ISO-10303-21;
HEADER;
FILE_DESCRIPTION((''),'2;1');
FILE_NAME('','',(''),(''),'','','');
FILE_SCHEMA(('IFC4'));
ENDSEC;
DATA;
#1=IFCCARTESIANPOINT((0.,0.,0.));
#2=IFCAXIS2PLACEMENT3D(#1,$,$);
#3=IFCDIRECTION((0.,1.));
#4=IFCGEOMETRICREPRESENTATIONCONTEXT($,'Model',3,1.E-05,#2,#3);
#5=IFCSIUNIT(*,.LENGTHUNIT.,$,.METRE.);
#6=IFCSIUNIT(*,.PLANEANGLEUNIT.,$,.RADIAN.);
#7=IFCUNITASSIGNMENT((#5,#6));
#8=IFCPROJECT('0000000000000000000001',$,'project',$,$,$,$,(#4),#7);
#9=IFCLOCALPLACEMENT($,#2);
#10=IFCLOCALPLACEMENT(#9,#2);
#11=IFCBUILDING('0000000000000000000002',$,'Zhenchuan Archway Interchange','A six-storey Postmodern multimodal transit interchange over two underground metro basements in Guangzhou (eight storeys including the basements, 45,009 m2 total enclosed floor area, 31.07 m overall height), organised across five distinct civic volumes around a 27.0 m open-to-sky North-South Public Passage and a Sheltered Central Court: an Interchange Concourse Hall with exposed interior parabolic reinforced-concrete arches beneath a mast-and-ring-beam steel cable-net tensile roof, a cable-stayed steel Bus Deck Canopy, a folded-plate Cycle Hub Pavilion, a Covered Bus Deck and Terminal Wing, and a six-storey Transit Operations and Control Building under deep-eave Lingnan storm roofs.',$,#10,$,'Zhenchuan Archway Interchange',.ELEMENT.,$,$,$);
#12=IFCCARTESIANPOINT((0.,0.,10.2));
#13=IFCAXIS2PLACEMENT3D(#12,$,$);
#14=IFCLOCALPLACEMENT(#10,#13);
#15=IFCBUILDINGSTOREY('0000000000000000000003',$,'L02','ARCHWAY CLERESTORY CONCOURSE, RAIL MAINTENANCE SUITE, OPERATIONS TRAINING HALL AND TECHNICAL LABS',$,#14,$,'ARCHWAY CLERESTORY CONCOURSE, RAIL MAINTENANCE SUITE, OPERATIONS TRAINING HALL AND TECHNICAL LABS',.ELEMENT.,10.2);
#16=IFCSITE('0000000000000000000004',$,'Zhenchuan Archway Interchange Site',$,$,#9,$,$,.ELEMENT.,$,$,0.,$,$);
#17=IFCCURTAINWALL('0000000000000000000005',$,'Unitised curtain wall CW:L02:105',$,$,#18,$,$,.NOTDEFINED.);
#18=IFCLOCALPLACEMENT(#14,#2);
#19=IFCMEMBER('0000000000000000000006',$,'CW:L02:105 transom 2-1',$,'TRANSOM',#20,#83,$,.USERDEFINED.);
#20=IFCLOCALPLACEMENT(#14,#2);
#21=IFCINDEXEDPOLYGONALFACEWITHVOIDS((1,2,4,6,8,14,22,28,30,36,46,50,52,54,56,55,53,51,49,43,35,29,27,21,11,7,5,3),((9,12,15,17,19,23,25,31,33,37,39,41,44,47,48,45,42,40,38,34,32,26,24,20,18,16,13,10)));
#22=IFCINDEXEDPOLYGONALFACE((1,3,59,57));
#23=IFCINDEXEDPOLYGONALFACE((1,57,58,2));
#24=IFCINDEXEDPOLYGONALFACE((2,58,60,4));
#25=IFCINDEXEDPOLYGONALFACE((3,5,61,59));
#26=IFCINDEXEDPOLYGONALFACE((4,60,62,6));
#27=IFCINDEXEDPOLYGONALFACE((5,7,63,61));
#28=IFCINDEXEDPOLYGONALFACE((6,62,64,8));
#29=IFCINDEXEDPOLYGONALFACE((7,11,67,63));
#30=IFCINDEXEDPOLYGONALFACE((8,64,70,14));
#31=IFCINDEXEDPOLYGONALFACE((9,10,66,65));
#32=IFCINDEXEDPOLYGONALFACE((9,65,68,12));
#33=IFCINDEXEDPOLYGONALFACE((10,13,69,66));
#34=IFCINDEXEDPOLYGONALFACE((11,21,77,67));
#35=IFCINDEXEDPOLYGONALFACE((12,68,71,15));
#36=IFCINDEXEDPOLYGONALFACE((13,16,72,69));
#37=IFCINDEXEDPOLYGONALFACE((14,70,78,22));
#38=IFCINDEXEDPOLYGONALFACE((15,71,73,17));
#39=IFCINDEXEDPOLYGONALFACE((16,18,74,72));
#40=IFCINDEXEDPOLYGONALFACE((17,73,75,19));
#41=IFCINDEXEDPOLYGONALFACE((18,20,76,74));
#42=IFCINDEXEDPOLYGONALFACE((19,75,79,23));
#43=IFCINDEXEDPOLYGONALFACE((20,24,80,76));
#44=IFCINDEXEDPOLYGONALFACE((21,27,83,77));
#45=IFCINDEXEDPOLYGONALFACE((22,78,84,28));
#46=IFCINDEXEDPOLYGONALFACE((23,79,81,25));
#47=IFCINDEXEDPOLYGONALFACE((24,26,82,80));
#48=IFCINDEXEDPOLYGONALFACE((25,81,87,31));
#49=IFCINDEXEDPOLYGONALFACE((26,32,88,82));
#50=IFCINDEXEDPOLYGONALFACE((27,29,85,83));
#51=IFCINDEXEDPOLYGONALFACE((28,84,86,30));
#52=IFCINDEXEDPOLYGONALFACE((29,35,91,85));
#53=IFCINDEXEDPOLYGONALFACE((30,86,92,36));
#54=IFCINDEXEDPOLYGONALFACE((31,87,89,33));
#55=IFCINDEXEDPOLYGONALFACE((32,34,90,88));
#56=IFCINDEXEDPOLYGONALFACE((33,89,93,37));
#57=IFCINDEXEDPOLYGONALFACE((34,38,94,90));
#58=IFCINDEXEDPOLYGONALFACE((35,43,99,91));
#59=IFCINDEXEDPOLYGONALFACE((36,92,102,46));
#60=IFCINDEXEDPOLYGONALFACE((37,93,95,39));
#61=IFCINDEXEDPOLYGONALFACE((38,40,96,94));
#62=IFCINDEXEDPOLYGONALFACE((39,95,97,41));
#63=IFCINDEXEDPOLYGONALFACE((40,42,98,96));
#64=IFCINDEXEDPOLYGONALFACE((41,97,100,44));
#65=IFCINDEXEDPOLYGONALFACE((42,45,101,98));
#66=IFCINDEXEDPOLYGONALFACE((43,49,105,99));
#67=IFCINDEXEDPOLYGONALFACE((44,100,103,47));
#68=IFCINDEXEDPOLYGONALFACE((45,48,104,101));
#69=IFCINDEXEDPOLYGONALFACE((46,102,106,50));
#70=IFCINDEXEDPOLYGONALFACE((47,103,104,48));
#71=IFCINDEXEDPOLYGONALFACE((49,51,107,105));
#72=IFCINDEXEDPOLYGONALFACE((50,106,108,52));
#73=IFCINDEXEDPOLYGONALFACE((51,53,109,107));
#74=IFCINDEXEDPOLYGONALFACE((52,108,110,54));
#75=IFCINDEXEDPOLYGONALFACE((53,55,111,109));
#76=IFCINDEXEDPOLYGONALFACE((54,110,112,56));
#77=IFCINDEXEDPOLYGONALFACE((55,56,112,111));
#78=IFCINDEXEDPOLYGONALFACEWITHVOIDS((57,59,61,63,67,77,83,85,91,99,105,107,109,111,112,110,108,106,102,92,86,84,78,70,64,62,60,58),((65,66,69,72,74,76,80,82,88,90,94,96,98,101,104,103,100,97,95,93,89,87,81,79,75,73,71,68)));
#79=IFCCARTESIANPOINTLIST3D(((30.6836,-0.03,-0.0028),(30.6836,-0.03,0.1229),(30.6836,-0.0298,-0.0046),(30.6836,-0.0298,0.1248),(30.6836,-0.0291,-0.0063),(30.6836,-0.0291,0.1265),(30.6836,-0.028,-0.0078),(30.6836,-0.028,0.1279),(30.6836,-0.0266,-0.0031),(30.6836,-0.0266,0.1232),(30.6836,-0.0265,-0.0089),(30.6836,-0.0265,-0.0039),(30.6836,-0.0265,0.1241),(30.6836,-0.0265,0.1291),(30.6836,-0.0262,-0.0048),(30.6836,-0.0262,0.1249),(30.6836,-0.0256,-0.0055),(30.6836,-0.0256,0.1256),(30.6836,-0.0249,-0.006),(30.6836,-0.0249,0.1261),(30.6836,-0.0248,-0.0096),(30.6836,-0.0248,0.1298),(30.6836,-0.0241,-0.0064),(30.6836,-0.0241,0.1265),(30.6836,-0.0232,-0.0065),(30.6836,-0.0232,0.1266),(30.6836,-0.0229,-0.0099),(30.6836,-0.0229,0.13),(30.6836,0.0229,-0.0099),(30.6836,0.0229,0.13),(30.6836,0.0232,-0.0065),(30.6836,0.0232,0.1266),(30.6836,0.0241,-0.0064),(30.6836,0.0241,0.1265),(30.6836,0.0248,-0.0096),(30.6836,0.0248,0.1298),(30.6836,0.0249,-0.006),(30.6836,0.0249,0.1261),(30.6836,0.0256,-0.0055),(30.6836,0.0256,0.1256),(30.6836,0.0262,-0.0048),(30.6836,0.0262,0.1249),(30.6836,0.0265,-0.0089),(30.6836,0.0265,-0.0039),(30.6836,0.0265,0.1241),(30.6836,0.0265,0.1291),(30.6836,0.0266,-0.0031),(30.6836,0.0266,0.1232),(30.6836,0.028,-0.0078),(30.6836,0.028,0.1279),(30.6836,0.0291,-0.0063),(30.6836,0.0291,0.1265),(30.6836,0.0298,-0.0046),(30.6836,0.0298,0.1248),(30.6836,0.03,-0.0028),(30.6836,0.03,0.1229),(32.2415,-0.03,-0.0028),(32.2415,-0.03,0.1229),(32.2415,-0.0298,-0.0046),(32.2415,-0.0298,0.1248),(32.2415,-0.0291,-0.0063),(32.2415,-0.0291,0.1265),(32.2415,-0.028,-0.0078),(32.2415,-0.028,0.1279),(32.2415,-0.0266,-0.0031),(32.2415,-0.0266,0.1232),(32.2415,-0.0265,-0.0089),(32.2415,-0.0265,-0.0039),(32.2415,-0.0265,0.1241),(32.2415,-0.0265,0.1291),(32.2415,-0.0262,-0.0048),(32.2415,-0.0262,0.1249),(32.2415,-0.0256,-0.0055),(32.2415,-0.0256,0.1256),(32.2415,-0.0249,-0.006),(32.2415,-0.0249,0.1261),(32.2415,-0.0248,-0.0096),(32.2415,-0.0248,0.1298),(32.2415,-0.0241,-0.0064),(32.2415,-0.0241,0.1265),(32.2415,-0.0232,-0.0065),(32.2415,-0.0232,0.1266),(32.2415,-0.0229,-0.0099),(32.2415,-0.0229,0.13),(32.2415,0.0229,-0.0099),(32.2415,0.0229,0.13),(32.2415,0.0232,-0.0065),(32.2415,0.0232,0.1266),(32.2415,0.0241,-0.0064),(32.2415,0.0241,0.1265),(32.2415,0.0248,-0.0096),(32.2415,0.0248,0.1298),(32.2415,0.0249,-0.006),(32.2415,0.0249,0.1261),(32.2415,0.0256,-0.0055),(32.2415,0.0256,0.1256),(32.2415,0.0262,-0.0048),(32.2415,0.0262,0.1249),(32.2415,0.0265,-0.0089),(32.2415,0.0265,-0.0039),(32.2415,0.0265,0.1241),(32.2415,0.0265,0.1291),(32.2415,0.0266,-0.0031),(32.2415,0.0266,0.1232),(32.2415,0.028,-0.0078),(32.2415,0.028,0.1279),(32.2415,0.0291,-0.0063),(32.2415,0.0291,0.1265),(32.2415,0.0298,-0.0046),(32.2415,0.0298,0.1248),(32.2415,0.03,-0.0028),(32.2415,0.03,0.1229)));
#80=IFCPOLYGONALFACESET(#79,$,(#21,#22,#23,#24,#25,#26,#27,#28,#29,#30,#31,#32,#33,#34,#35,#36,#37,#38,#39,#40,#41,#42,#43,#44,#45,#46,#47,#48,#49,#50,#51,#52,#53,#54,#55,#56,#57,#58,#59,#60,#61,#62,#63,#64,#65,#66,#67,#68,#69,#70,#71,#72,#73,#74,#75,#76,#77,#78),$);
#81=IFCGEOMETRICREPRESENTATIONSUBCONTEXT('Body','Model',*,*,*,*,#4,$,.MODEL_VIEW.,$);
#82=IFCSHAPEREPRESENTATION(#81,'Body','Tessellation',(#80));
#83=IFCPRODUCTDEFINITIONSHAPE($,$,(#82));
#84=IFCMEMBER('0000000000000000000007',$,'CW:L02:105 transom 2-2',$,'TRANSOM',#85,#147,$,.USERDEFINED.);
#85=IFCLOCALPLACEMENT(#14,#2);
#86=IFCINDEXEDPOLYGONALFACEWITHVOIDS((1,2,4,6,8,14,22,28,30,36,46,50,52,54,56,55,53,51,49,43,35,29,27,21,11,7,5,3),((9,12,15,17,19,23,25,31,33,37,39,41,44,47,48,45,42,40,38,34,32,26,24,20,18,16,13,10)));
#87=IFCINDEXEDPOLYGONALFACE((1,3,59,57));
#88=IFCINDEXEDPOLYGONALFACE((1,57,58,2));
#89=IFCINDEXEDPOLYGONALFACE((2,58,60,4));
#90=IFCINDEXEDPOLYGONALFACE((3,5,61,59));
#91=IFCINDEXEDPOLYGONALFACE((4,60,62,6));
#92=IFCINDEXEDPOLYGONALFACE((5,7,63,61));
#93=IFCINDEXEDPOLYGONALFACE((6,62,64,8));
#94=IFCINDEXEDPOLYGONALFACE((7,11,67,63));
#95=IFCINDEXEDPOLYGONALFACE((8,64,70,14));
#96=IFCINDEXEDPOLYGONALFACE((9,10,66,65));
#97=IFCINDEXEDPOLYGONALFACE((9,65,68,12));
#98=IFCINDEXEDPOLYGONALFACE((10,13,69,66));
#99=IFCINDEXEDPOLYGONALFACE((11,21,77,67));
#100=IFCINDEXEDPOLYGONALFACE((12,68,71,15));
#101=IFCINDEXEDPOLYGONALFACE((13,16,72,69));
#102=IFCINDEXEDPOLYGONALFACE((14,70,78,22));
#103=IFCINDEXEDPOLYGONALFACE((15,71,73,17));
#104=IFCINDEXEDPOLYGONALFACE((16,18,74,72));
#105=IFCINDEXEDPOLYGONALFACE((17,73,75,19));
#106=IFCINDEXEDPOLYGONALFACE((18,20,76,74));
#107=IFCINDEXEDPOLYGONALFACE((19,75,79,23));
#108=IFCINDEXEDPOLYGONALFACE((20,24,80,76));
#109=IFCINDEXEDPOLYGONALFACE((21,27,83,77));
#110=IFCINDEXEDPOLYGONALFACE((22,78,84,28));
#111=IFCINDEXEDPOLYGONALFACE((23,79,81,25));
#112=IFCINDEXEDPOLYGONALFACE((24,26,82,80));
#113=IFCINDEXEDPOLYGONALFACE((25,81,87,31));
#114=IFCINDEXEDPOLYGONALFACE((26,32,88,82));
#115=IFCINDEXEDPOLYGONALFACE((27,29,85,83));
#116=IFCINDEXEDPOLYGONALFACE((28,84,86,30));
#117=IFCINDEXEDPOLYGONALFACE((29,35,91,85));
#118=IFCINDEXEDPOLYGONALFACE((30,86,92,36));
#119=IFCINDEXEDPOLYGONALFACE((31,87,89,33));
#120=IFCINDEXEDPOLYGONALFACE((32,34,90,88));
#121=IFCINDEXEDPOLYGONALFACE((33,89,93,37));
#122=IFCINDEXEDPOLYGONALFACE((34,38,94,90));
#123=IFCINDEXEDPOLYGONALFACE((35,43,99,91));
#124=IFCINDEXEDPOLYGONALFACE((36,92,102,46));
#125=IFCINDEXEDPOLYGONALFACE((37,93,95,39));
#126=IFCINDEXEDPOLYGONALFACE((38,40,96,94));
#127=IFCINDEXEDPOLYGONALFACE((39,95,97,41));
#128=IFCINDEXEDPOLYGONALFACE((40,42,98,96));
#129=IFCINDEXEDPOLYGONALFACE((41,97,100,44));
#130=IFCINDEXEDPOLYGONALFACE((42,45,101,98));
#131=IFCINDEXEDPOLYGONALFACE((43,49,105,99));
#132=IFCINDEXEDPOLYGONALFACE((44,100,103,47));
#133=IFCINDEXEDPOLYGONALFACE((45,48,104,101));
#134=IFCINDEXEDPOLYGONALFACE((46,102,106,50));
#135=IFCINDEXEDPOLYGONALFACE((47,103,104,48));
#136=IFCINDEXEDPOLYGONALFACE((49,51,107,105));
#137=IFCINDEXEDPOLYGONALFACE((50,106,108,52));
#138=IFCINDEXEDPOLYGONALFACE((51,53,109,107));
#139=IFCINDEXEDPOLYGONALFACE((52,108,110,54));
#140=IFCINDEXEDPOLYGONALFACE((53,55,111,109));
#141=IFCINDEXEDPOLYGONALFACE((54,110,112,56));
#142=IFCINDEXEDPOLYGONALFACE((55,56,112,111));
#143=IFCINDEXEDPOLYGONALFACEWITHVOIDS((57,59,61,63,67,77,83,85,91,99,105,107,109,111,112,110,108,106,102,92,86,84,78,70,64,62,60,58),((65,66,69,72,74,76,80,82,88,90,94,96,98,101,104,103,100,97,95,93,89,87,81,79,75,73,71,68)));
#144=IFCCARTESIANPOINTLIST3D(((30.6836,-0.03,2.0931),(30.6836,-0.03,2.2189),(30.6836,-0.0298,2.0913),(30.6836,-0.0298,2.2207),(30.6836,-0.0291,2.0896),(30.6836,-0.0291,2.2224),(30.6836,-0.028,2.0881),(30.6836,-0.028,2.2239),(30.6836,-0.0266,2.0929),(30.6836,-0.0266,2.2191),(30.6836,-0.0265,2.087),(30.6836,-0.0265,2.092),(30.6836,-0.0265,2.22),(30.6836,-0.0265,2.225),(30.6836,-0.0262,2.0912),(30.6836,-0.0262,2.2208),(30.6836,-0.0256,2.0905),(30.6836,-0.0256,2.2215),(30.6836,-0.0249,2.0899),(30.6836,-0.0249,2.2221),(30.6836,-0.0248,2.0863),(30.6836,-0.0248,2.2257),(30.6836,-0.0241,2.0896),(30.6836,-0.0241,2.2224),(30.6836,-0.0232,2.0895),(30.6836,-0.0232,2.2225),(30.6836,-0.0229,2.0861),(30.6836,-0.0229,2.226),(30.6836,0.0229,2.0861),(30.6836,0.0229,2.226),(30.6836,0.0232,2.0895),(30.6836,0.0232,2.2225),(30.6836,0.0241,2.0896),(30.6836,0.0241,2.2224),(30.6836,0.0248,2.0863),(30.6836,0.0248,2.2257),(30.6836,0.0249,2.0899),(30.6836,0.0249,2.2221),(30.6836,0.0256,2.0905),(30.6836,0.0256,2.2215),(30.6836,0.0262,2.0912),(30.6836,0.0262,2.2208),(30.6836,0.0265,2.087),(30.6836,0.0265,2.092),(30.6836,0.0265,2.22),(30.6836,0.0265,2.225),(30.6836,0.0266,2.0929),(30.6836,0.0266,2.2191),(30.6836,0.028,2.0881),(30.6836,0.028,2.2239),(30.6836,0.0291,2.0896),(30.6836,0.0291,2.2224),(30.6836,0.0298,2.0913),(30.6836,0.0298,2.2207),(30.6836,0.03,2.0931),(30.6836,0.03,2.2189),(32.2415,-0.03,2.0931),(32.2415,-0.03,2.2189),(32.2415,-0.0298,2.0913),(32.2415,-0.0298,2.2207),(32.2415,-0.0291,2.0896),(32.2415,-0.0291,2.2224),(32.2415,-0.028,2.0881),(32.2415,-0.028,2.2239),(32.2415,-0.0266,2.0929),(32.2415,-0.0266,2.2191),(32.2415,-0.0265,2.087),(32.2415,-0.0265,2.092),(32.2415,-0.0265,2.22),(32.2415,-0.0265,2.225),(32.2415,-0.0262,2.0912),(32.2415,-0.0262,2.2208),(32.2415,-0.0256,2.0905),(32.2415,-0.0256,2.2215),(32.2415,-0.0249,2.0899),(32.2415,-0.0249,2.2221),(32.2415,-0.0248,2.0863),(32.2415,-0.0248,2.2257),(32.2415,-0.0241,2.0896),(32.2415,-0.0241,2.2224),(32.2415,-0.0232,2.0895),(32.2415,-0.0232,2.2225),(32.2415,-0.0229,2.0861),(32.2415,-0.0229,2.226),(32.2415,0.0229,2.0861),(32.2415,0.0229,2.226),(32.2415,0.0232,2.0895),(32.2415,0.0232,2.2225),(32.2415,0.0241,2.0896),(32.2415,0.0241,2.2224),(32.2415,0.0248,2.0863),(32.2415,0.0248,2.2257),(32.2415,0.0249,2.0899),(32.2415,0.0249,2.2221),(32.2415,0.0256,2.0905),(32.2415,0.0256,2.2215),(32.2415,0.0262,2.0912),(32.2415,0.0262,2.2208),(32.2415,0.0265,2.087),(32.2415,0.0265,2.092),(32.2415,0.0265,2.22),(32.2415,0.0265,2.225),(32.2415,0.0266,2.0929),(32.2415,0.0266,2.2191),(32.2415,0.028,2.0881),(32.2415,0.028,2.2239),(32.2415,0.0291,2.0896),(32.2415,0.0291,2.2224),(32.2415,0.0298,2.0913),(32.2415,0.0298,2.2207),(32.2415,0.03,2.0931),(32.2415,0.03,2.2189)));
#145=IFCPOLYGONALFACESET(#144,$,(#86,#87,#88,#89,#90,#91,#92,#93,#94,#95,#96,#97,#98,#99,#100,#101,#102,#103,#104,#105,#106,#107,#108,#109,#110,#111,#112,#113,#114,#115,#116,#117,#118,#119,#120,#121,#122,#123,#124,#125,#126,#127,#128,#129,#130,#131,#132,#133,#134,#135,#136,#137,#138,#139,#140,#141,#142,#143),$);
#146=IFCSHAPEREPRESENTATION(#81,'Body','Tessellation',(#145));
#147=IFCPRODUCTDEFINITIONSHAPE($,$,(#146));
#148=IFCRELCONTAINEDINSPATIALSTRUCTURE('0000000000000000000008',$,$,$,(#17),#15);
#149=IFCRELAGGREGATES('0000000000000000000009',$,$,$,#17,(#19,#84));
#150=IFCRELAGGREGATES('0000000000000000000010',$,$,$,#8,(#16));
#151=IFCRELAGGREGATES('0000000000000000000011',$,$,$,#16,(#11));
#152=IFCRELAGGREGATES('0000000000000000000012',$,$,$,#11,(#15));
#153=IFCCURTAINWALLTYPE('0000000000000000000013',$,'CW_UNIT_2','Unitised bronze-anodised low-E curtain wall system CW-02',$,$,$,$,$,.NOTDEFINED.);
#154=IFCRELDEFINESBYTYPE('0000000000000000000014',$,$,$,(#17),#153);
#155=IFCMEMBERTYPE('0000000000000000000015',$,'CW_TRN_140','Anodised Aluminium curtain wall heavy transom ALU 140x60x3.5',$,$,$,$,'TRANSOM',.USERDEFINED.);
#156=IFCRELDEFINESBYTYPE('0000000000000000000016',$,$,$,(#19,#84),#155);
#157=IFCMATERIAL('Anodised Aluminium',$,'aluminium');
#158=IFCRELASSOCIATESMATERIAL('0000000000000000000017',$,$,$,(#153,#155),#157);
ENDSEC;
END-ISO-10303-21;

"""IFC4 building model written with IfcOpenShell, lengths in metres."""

from ifc_helpers import new_model, si_unit, direction, frame, origin, origin_2d, place, context, subcontext, project, spatial, hollow_rectangle, extrude, material, material_profile, profile_set, type_object, element, aggregate, save


model = new_model("IFC4")

# Units and contexts
model_context = context("Model", 3, precision=1e-05, world=origin(), true_north=direction((0.0, 1.0)))
body_context = subcontext(model_context, "Body", "Model", "MODEL_VIEW")
ifc_project = project(units=[si_unit("LENGTHUNIT", "METRE"), si_unit("PLANEANGLEUNIT", "RADIAN")], contexts=[model_context])

# Site, building, storey
site_placement = place(None, origin())
site = spatial("IfcSite", under=ifc_project, at=site_placement, Name="Zhenchuan Archway Interchange Site", CompositionType="ELEMENT", RefElevation=0.0)
building_placement = place(site_placement, origin())
building = spatial("IfcBuilding", under=site, at=building_placement, Name="Zhenchuan Archway Interchange", Description="A six-storey Postmodern multimodal transit interchange over two underground metro basements in Guangzhou (eight storeys including the basements, 45,009 m2 total enclosed floor area, 31.07 m overall height), organised across five distinct civic volumes around a 27.0 m open-to-sky North-South Public Passage and a Sheltered Central Court: an Interchange Concourse Hall with exposed interior parabolic reinforced-concrete arches beneath a mast-and-ring-beam steel cable-net tensile roof, a cable-stayed steel Bus Deck Canopy, a folded-plate Cycle Hub Pavilion, a Covered Bus Deck and Terminal Wing, and a six-storey Transit Operations and Control Building under deep-eave Lingnan storm roofs.", LongName="Zhenchuan Archway Interchange", CompositionType="ELEMENT")
storey_placement = place(building_placement, frame((0.0, 0.0, 10.2)))
storey = spatial("IfcBuildingStorey", under=building, at=storey_placement, Name="L02", Description="ARCHWAY CLERESTORY CONCOURSE, RAIL MAINTENANCE SUITE, OPERATIONS TRAINING HALL AND TECHNICAL LABS", LongName="ARCHWAY CLERESTORY CONCOURSE, RAIL MAINTENANCE SUITE, OPERATIONS TRAINING HALL AND TECHNICAL LABS", CompositionType="ELEMENT", Elevation=10.2)

# Curtain wall
ifc_material_1 = material(Name="Anodised Aluminium", Category="aluminium")
curtain_wall_type_1 = type_object("IfcCurtainWallType", Name="CW_UNIT_2", Description="Unitised bronze-anodised low-E curtain wall system CW-02", PredefinedType="NOTDEFINED", material=ifc_material_1)
curtain_wall_1_placement = place(storey_placement, origin())
curtain_wall_1 = element("IfcCurtainWall", 1, at=curtain_wall_1_placement, inside=storey, type_object=curtain_wall_type_1, Name="Unitised curtain wall CW:L02:105", PredefinedType="NOTDEFINED")

# Members
ifc_material_profile_1 = material_profile(ifc_material_1, hollow_rectangle(XDim=0.0601, YDim=0.1399, WallThickness=0.0034, InnerFilletRadius=0.0034, OuterFilletRadius=0.0071, at=origin_2d()), Name="ALU 140x60x3.5")
ifc_profile_set_1 = profile_set([ifc_material_profile_1], Name="Anodised Aluminium")
member_type_1 = type_object("IfcMemberType", Name="CW_TRN_140", Description="Anodised Aluminium curtain wall heavy transom ALU 140x60x3.5", ElementType="TRANSOM", PredefinedType="USERDEFINED", material=ifc_profile_set_1)
member_1_placement = place(storey_placement, frame((32.2415, 0.0, 0.0601), z_axis=(-1.0, 0.0, 0.0), x_axis=(0.0, -1.0, 0.0)))
member_1 = element("IfcMember", 2, at=member_1_placement, type_object=member_type_1, Name="CW:L02:105 transom 2-1", ObjectType="TRANSOM", PredefinedType="USERDEFINED", context=body_context, shape_type="SweptSolid", body=[
    extrude(hollow_rectangle(XDim=0.0601, YDim=0.1399, WallThickness=0.0034, InnerFilletRadius=0.0034, OuterFilletRadius=0.0071, at=origin_2d()), origin(), (0.0, 0.0, 1.0), 1.5579),
])
member_2_placement = place(storey_placement, frame((32.2415, 0.0, 2.156), z_axis=(-1.0, 0.0, 0.0), x_axis=(0.0, -1.0, 0.0)))
member_2 = element("IfcMember", 3, at=member_2_placement, type_object=member_type_1, Name="CW:L02:105 transom 2-2", ObjectType="TRANSOM", PredefinedType="USERDEFINED", context=body_context, shape_type="SweptSolid", body=[
    extrude(hollow_rectangle(XDim=0.0601, YDim=0.1399, WallThickness=0.0034, InnerFilletRadius=0.0034, OuterFilletRadius=0.0071, at=origin_2d()), origin(), (0.0, 0.0, 1.0), 1.5579),
])

aggregate(curtain_wall_1, [member_1, member_2])

save(model, "model.ifc")
